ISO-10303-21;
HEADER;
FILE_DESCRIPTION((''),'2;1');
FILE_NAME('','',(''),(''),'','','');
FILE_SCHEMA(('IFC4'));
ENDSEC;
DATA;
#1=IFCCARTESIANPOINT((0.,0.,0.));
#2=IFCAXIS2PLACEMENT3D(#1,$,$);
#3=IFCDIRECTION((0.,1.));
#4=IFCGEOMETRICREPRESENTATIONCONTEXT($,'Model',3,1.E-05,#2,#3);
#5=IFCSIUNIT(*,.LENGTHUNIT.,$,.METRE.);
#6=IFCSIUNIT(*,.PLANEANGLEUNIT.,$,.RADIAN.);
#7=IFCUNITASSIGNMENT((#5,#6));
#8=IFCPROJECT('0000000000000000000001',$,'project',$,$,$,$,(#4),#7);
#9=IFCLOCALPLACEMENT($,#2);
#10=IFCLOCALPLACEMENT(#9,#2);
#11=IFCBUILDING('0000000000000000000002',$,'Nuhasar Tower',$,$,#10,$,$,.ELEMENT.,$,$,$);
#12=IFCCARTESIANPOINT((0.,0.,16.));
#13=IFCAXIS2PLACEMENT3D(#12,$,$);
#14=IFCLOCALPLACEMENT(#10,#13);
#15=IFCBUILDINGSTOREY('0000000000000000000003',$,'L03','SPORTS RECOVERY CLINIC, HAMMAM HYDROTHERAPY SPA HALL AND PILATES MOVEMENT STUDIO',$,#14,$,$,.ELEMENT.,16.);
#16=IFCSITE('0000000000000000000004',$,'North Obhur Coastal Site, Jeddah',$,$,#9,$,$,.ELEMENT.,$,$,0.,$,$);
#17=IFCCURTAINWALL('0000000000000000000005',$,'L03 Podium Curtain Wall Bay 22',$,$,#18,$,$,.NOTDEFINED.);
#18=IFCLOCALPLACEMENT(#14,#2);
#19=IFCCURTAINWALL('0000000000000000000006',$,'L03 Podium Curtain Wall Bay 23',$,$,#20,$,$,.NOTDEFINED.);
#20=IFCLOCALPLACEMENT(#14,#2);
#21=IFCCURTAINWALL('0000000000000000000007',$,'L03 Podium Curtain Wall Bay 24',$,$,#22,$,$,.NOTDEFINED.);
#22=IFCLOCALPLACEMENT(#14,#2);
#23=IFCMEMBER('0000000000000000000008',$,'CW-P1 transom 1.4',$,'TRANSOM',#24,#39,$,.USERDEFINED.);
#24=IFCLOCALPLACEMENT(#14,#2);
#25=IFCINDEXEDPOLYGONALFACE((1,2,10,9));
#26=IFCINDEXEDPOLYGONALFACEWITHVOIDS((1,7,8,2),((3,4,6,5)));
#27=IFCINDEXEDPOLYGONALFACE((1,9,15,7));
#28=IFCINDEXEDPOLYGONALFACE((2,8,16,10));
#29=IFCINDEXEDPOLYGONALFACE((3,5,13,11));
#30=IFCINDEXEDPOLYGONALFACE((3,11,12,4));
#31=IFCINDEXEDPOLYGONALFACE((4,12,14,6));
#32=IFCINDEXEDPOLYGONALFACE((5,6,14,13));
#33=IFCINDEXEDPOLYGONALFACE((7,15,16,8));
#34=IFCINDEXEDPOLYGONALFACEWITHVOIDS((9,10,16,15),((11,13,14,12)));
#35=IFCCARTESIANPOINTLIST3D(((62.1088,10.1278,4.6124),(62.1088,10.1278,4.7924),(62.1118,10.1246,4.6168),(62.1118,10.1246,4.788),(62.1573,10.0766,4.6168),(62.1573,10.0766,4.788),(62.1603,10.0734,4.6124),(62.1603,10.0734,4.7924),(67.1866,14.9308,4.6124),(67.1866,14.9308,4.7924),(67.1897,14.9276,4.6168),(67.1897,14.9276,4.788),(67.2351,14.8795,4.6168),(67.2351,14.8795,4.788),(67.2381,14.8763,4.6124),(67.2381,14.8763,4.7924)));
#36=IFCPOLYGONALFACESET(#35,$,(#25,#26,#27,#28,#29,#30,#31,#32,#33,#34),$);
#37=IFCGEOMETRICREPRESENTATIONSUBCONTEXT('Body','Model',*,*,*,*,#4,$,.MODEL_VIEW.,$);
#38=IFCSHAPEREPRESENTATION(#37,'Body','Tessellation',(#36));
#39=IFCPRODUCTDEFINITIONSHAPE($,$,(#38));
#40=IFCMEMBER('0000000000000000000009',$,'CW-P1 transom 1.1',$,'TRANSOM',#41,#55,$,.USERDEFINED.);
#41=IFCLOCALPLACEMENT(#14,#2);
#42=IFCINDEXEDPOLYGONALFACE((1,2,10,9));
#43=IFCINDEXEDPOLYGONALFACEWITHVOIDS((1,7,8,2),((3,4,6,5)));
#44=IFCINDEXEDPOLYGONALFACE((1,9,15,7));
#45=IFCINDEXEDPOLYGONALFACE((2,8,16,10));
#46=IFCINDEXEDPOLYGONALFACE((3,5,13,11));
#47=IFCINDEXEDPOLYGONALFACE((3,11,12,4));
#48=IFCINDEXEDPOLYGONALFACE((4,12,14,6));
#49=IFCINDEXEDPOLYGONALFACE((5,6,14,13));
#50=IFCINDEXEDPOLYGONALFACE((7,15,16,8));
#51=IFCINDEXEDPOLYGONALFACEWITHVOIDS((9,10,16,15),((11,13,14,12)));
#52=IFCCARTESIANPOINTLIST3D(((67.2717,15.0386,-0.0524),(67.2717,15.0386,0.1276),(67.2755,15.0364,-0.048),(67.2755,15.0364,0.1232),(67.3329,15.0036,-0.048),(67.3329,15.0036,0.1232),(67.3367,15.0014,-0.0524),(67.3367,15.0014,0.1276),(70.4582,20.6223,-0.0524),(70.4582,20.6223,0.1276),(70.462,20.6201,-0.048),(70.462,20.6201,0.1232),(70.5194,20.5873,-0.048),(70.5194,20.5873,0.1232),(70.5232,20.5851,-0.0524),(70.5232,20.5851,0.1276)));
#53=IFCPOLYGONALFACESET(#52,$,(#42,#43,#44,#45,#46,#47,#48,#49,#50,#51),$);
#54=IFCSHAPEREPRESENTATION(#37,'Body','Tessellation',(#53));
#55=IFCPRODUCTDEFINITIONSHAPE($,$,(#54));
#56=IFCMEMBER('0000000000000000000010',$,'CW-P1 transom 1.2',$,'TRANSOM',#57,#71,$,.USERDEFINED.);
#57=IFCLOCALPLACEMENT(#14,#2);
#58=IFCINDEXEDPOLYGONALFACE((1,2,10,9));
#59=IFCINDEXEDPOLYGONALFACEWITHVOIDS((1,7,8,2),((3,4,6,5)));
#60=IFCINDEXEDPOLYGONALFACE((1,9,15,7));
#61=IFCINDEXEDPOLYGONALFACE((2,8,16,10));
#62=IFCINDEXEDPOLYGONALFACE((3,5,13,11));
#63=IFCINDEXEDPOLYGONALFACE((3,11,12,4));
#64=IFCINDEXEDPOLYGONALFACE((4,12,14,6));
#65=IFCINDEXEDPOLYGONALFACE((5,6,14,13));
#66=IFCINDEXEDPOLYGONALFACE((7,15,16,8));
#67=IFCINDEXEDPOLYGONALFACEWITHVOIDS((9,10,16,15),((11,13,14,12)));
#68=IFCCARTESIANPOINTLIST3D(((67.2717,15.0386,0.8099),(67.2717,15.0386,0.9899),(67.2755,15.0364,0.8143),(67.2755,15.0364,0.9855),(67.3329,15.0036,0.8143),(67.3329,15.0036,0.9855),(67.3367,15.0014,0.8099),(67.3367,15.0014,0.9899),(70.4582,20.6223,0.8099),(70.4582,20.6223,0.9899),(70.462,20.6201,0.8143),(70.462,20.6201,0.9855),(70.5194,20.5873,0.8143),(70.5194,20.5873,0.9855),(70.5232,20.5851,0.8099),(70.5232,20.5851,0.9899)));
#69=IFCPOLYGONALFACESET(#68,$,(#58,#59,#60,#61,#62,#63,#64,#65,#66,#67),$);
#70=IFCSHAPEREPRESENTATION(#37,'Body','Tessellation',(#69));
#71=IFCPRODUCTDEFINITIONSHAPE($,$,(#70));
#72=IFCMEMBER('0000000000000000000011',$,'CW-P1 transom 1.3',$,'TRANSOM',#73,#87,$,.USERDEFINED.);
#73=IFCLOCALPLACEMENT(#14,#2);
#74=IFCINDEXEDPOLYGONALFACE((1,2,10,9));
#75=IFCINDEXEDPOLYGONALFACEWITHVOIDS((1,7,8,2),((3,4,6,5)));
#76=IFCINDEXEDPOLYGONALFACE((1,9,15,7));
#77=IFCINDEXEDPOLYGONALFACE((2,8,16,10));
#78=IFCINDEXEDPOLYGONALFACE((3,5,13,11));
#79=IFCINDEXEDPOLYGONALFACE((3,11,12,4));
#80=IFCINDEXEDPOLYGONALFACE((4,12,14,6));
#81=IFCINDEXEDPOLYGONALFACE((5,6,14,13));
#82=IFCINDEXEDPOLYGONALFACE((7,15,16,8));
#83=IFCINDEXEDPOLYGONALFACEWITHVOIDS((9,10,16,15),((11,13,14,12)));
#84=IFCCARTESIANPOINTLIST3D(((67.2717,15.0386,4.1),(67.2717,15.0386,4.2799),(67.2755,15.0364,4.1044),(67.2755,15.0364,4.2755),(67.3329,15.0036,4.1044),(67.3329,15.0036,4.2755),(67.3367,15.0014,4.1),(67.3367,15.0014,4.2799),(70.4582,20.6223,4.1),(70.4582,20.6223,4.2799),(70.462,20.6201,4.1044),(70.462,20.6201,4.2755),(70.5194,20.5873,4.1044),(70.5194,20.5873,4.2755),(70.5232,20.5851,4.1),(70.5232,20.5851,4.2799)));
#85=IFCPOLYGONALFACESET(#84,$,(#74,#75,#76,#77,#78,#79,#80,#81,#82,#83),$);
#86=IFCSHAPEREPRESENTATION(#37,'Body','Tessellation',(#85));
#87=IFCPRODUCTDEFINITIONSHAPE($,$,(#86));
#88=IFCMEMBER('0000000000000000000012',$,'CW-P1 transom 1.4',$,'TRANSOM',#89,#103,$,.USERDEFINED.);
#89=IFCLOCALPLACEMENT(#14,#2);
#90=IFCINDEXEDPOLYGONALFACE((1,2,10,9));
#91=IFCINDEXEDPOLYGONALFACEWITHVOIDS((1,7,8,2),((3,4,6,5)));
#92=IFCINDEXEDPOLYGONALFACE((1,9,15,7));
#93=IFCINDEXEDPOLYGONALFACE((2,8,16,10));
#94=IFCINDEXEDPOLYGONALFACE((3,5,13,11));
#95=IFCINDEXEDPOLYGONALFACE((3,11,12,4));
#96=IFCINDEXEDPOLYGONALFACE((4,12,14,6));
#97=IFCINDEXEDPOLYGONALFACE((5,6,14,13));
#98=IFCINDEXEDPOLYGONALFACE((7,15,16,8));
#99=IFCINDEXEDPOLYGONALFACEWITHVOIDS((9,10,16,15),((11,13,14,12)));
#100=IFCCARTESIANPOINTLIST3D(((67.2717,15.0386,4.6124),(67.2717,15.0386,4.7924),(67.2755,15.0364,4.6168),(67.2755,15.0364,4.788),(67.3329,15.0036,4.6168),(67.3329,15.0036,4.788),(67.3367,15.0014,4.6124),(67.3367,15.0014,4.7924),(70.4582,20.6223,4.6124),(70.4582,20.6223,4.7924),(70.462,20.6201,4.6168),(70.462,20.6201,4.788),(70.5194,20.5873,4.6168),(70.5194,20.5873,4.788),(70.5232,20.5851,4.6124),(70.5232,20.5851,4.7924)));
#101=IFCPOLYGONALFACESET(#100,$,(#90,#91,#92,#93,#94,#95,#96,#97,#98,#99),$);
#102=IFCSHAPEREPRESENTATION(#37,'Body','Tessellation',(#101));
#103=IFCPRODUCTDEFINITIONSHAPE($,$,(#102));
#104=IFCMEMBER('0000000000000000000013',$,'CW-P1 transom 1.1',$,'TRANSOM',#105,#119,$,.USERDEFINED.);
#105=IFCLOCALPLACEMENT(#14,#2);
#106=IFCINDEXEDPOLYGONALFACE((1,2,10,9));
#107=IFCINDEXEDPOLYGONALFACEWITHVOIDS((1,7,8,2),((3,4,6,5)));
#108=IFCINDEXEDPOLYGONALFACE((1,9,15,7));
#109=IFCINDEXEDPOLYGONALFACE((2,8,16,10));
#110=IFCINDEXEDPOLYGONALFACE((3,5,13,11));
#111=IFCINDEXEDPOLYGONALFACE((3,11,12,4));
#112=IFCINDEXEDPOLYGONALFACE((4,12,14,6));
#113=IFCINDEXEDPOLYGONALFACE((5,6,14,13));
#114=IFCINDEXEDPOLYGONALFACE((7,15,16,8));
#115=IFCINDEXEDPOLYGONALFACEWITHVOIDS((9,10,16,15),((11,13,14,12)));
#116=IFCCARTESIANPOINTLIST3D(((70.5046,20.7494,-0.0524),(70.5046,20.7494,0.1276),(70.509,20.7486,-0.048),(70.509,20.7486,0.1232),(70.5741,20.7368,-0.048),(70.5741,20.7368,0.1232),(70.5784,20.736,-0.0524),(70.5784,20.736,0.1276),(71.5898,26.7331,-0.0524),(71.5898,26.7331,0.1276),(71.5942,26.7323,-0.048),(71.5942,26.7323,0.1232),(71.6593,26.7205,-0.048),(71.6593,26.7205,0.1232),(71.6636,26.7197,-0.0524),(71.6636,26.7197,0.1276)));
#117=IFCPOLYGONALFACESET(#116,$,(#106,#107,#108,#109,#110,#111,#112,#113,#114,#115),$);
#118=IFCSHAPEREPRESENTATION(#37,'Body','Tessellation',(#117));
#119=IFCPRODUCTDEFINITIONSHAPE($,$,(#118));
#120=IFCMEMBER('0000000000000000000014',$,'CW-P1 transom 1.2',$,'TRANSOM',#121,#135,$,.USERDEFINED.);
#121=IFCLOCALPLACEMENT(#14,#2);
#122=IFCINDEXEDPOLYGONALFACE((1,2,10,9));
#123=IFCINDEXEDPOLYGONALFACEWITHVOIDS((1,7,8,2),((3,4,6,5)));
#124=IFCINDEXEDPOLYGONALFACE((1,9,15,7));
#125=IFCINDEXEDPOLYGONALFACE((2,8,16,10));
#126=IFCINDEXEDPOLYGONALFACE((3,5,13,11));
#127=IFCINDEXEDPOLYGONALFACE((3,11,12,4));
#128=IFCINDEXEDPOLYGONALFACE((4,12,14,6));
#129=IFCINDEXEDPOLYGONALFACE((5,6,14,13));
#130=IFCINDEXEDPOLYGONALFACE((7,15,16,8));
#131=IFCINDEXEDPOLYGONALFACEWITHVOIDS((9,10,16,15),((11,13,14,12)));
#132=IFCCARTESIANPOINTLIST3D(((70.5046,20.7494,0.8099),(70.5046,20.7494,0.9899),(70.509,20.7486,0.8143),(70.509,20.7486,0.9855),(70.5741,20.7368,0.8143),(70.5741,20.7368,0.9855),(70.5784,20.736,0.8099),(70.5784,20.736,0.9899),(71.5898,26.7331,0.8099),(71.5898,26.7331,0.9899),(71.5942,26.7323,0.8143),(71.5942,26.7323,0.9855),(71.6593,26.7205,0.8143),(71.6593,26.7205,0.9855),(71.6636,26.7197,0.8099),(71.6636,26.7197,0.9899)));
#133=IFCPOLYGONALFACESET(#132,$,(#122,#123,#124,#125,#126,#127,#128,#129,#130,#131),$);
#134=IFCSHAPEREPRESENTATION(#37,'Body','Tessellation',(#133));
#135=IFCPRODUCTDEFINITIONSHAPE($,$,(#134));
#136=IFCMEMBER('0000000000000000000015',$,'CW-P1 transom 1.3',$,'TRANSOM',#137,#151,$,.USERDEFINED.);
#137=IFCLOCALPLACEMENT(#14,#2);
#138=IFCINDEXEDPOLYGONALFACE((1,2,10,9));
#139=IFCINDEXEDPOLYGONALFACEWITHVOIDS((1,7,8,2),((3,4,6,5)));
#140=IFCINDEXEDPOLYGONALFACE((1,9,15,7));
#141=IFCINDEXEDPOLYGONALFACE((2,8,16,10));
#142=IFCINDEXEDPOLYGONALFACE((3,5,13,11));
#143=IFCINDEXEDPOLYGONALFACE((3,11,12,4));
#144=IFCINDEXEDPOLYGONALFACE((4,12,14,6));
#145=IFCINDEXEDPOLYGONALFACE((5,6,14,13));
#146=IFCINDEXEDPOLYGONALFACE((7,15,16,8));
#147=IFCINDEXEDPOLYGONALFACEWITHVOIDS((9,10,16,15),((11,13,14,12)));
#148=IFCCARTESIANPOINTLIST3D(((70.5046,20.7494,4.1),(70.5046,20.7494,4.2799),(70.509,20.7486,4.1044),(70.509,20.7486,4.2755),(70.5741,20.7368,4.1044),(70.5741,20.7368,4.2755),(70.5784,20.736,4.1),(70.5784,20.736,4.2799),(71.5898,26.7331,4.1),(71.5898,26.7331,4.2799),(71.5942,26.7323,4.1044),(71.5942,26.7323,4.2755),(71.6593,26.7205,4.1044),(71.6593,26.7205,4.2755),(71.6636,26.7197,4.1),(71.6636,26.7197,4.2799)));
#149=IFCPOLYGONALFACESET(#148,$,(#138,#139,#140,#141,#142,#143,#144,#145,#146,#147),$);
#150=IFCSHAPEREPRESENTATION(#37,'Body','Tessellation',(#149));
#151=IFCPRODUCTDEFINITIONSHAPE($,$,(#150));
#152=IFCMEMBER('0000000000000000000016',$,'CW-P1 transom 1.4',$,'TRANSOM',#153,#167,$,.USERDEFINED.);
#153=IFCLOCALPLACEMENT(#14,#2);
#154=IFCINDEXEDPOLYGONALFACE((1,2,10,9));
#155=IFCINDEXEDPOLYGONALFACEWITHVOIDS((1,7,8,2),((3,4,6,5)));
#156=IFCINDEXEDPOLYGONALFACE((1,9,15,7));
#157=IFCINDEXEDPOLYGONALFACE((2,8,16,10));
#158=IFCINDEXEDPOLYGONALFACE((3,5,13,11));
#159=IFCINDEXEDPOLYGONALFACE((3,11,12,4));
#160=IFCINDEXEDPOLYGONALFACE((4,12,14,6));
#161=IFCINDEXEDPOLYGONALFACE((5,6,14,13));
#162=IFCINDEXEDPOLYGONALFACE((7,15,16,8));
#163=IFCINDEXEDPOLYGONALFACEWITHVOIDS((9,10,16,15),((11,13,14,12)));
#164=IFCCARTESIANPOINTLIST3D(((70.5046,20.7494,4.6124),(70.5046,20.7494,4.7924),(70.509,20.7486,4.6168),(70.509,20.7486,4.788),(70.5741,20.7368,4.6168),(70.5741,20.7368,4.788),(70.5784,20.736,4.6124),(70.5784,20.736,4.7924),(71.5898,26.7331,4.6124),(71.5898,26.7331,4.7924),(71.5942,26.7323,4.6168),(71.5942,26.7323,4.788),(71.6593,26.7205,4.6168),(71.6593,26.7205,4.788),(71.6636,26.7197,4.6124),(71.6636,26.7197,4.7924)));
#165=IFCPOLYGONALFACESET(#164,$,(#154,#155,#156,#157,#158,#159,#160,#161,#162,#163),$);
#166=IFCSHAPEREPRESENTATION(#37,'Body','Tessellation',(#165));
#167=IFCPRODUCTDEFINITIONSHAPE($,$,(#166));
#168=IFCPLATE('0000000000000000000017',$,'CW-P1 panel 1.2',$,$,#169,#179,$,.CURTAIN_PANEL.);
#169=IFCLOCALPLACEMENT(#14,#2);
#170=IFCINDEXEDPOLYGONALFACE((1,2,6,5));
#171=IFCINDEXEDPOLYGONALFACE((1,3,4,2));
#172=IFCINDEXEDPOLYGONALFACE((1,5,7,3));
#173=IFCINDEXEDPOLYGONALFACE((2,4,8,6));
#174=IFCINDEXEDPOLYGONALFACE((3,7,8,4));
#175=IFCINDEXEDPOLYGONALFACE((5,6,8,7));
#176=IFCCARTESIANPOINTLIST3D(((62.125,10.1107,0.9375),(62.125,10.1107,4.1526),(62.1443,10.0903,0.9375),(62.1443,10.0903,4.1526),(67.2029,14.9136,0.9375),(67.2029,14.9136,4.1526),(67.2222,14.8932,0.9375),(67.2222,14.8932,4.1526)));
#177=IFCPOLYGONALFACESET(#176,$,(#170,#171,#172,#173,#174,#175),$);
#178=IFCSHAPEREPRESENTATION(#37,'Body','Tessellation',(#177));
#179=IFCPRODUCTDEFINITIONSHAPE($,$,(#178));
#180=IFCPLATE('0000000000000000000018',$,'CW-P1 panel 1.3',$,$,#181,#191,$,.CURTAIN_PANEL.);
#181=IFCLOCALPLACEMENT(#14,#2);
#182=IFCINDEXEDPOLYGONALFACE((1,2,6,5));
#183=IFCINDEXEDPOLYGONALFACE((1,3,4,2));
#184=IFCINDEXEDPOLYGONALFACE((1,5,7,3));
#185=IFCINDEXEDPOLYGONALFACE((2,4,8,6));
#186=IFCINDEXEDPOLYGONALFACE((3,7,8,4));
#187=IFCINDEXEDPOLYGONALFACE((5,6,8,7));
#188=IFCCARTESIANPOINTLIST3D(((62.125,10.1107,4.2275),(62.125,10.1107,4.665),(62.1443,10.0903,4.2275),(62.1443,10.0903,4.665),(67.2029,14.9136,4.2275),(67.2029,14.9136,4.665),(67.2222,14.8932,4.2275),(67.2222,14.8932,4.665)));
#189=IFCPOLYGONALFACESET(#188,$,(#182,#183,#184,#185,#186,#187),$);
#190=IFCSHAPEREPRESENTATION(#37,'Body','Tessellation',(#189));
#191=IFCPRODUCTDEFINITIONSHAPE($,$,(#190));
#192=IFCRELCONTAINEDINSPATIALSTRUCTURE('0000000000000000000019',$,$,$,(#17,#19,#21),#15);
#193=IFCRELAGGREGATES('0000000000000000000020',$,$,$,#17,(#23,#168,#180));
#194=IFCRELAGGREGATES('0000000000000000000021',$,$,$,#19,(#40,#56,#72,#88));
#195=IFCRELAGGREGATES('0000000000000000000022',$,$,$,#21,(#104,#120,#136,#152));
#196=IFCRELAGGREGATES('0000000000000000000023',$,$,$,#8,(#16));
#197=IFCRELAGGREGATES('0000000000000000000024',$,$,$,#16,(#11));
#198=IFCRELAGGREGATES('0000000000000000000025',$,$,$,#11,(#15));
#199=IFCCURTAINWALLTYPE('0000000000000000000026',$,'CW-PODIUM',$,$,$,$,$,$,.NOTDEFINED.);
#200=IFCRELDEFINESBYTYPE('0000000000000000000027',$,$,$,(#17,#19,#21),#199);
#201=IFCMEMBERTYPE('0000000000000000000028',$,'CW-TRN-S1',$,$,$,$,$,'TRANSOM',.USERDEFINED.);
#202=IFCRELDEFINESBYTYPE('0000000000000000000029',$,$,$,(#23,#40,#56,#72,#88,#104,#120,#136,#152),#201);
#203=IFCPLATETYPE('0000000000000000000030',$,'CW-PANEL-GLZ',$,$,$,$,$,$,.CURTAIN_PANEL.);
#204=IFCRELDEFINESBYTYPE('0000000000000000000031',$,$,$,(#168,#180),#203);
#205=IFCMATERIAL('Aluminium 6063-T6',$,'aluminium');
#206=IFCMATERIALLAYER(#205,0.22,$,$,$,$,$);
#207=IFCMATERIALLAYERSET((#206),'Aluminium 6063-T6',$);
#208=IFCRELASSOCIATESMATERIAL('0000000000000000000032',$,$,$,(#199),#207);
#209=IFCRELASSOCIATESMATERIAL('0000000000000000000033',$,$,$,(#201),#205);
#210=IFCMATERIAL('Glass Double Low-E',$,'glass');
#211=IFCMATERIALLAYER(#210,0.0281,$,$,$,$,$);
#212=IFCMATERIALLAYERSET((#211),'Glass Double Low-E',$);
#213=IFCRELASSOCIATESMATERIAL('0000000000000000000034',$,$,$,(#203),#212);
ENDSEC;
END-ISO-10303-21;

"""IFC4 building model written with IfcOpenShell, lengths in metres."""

from ifc_helpers import new_model, si_unit, direction, frame, origin, origin_2d, place, context, subcontext, project, spatial, rectangle, hollow_rectangle, extrude, material, layer, layer_set, material_profile, profile_set, type_object, element, aggregate, save


model = new_model("IFC4")

# Units and contexts
model_context = context("Model", 3, precision=1e-05, world=origin(), true_north=direction((0.0, 1.0)))
body_context = subcontext(model_context, "Body", "Model", "MODEL_VIEW")
ifc_project = project(units=[si_unit("LENGTHUNIT", "METRE"), si_unit("PLANEANGLEUNIT", "RADIAN")], contexts=[model_context])

# Site, building, storey
site_placement = place(None, origin())
site = spatial("IfcSite", under=ifc_project, at=site_placement, Name="North Obhur Coastal Site, Jeddah", CompositionType="ELEMENT", RefElevation=0.0)
building_placement = place(site_placement, origin())
building = spatial("IfcBuilding", under=site, at=building_placement, Name="Nuhasar Tower", CompositionType="ELEMENT")
storey_placement = place(building_placement, frame((0.0, 0.0, 16.0)))
storey = spatial("IfcBuildingStorey", under=building, at=storey_placement, Name="L03", Description="SPORTS RECOVERY CLINIC, HAMMAM HYDROTHERAPY SPA HALL AND PILATES MOVEMENT STUDIO", CompositionType="ELEMENT", Elevation=16.0)

# Curtain walls
ifc_material_1 = material(Name="Aluminium 6063-T6", Category="aluminium")
ifc_layer_1 = layer(ifc_material_1, 0.22)
ifc_layer_set_1 = layer_set([ifc_layer_1], Name="Aluminium 6063-T6")
curtain_wall_type = type_object("IfcCurtainWallType", Name="CW-PODIUM", PredefinedType="NOTDEFINED", material=ifc_layer_set_1)
curtain_wall_1_placement = place(storey_placement, origin())
curtain_wall_1 = element("IfcCurtainWall", 1, at=curtain_wall_1_placement, inside=storey, type_object=curtain_wall_type, Name="L03 Podium Curtain Wall Bay 22", PredefinedType="NOTDEFINED")
curtain_wall_2_placement = place(storey_placement, origin())
curtain_wall_2 = element("IfcCurtainWall", 2, at=curtain_wall_2_placement, inside=storey, type_object=curtain_wall_type, Name="L03 Podium Curtain Wall Bay 23", PredefinedType="NOTDEFINED")

# Curtain wall
curtain_wall_3_placement = place(storey_placement, origin())
curtain_wall_3 = element("IfcCurtainWall", 3, at=curtain_wall_3_placement, inside=storey, type_object=curtain_wall_type, Name="L03 Podium Curtain Wall Bay 24", PredefinedType="NOTDEFINED")

# Members
ifc_material_profile_1 = material_profile(ifc_material_1, hollow_rectangle(XDim=0.075, YDim=0.1799, WallThickness=0.0044, at=origin_2d()), Name="CWT-1")
ifc_profile_set_1 = profile_set([ifc_material_profile_1], Name="Aluminium 6063-T6")
member_type_1 = type_object("IfcMemberType", Name="CW-TRN-S1", ElementType="TRANSOM", PredefinedType="USERDEFINED", material=ifc_profile_set_1)
member_1_placement = place(storey_placement, frame((62.1345, 10.1006, 4.7024), z_axis=(0.726499, 0.687168, 0.0), x_axis=(-0.687168, 0.726499, 0.0)))
member_1 = element("IfcMember", 4, at=member_1_placement, type_object=member_type_1, Name="CW-P1 transom 1.4", ObjectType="TRANSOM", PredefinedType="USERDEFINED", context=body_context, shape_type="SweptSolid", body=[
    extrude(hollow_rectangle(XDim=0.075, YDim=0.1799, WallThickness=0.0044, at=origin_2d()), origin(), (0.0, 0.0, 1.0), 6.9895),
])
member_2_placement = place(storey_placement, frame((67.3042, 15.02, 0.0376), z_axis=(0.495648, 0.868523, 0.0), x_axis=(-0.868523, 0.495648, 0.0)))
member_2 = element("IfcMember", 5, at=member_2_placement, type_object=member_type_1, Name="CW-P1 transom 1.1", ObjectType="TRANSOM", PredefinedType="USERDEFINED", context=body_context, shape_type="SweptSolid", body=[
    extrude(hollow_rectangle(XDim=0.075, YDim=0.1799, WallThickness=0.0044, at=origin_2d()), origin(), (0.0, 0.0, 1.0), 6.429),
])
member_3_placement = place(storey_placement, frame((67.3042, 15.02, 0.8999), z_axis=(0.495648, 0.868523, 0.0), x_axis=(-0.868523, 0.495648, 0.0)))
member_3 = element("IfcMember", 6, at=member_3_placement, type_object=member_type_1, Name="CW-P1 transom 1.2", ObjectType="TRANSOM", PredefinedType="USERDEFINED", context=body_context, shape_type="SweptSolid", body=[
    extrude(hollow_rectangle(XDim=0.075, YDim=0.1799, WallThickness=0.0044, at=origin_2d()), origin(), (0.0, 0.0, 1.0), 6.429),
])
member_4_placement = place(storey_placement, frame((67.3042, 15.02, 4.1899), z_axis=(0.495648, 0.868523, 0.0), x_axis=(-0.868523, 0.495648, 0.0)))
member_4 = element("IfcMember", 7, at=member_4_placement, type_object=member_type_1, Name="CW-P1 transom 1.3", ObjectType="TRANSOM", PredefinedType="USERDEFINED", context=body_context, shape_type="SweptSolid", body=[
    extrude(hollow_rectangle(XDim=0.075, YDim=0.1799, WallThickness=0.0044, at=origin_2d()), origin(), (0.0, 0.0, 1.0), 6.429),
])
member_5_placement = place(storey_placement, frame((67.3042, 15.02, 4.7024), z_axis=(0.495648, 0.868523, 0.0), x_axis=(-0.868523, 0.495648, 0.0)))
member_5 = element("IfcMember", 8, at=member_5_placement, type_object=member_type_1, Name="CW-P1 transom 1.4", ObjectType="TRANSOM", PredefinedType="USERDEFINED", context=body_context, shape_type="SweptSolid", body=[
    extrude(hollow_rectangle(XDim=0.075, YDim=0.1799, WallThickness=0.0044, at=origin_2d()), origin(), (0.0, 0.0, 1.0), 6.429),
])
member_6_placement = place(storey_placement, frame((70.5415, 20.7427, 0.0376), z_axis=(0.178451, 0.983949, 0.0), x_axis=(-0.983949, 0.178451, 0.0)))
member_6 = element("IfcMember", 9, at=member_6_placement, type_object=member_type_1, Name="CW-P1 transom 1.1", ObjectType="TRANSOM", PredefinedType="USERDEFINED", context=body_context, shape_type="SweptSolid", body=[
    extrude(hollow_rectangle(XDim=0.075, YDim=0.1799, WallThickness=0.0044, at=origin_2d()), origin(), (0.0, 0.0, 1.0), 6.0813),
])
member_7_placement = place(storey_placement, frame((70.5415, 20.7427, 0.8999), z_axis=(0.178451, 0.983949, 0.0), x_axis=(-0.983949, 0.178451, 0.0)))
member_7 = element("IfcMember", 10, at=member_7_placement, type_object=member_type_1, Name="CW-P1 transom 1.2", ObjectType="TRANSOM", PredefinedType="USERDEFINED", context=body_context, shape_type="SweptSolid", body=[
    extrude(hollow_rectangle(XDim=0.075, YDim=0.1799, WallThickness=0.0044, at=origin_2d()), origin(), (0.0, 0.0, 1.0), 6.0813),
])
member_8_placement = place(storey_placement, frame((70.5415, 20.7427, 4.1899), z_axis=(0.178451, 0.983949, 0.0), x_axis=(-0.983949, 0.178451, 0.0)))
member_8 = element("IfcMember", 11, at=member_8_placement, type_object=member_type_1, Name="CW-P1 transom 1.3", ObjectType="TRANSOM", PredefinedType="USERDEFINED", context=body_context, shape_type="SweptSolid", body=[
    extrude(hollow_rectangle(XDim=0.075, YDim=0.1799, WallThickness=0.0044, at=origin_2d()), origin(), (0.0, 0.0, 1.0), 6.0813),
])
member_9_placement = place(storey_placement, frame((70.5415, 20.7427, 4.7024), z_axis=(0.178451, 0.983949, 0.0), x_axis=(-0.983949, 0.178451, 0.0)))
member_9 = element("IfcMember", 12, at=member_9_placement, type_object=member_type_1, Name="CW-P1 transom 1.4", ObjectType="TRANSOM", PredefinedType="USERDEFINED", context=body_context, shape_type="SweptSolid", body=[
    extrude(hollow_rectangle(XDim=0.075, YDim=0.1799, WallThickness=0.0044, at=origin_2d()), origin(), (0.0, 0.0, 1.0), 6.0813),
])

# Plates
ifc_material_2 = material(Name="Glass Double Low-E", Category="glass")
ifc_layer_2 = layer(ifc_material_2, 0.0281)
ifc_layer_set_2 = layer_set([ifc_layer_2], Name="Glass Double Low-E")
plate_type_1 = type_object("IfcPlateType", Name="CW-PANEL-GLZ", PredefinedType="CURTAIN_PANEL", material=ifc_layer_set_2)
plate_1_placement = place(storey_placement, frame((64.6736, 12.502, 0.9375), z_axis=(0.0, 0.0, 1.0), x_axis=(0.726512, 0.687154, 0.0)))
plate_1 = element("IfcPlate", 13, at=plate_1_placement, type_object=plate_type_1, Name="CW-P1 panel 1.2", PredefinedType="CURTAIN_PANEL", context=body_context, shape_type="SweptSolid", body=[
    extrude(rectangle(XDim=6.9895, YDim=0.0281, at=origin_2d()), origin(), (0.0, 0.0, 1.0), 3.2151),
])
plate_2_placement = place(storey_placement, frame((64.6736, 12.502, 4.2275), z_axis=(0.0, 0.0, 1.0), x_axis=(0.726512, 0.687154, 0.0)))
plate_2 = element("IfcPlate", 14, at=plate_2_placement, type_object=plate_type_1, Name="CW-P1 panel 1.3", PredefinedType="CURTAIN_PANEL", context=body_context, shape_type="SweptSolid", body=[
    extrude(rectangle(XDim=6.9895, YDim=0.0281, at=origin_2d()), origin(), (0.0, 0.0, 1.0), 0.4375),
])
aggregate(curtain_wall_1, [member_1, plate_1, plate_2])
aggregate(curtain_wall_2, [member_2, member_3, member_4, member_5])
aggregate(curtain_wall_3, [member_6, member_7, member_8, member_9])

save(model, "model.ifc")
